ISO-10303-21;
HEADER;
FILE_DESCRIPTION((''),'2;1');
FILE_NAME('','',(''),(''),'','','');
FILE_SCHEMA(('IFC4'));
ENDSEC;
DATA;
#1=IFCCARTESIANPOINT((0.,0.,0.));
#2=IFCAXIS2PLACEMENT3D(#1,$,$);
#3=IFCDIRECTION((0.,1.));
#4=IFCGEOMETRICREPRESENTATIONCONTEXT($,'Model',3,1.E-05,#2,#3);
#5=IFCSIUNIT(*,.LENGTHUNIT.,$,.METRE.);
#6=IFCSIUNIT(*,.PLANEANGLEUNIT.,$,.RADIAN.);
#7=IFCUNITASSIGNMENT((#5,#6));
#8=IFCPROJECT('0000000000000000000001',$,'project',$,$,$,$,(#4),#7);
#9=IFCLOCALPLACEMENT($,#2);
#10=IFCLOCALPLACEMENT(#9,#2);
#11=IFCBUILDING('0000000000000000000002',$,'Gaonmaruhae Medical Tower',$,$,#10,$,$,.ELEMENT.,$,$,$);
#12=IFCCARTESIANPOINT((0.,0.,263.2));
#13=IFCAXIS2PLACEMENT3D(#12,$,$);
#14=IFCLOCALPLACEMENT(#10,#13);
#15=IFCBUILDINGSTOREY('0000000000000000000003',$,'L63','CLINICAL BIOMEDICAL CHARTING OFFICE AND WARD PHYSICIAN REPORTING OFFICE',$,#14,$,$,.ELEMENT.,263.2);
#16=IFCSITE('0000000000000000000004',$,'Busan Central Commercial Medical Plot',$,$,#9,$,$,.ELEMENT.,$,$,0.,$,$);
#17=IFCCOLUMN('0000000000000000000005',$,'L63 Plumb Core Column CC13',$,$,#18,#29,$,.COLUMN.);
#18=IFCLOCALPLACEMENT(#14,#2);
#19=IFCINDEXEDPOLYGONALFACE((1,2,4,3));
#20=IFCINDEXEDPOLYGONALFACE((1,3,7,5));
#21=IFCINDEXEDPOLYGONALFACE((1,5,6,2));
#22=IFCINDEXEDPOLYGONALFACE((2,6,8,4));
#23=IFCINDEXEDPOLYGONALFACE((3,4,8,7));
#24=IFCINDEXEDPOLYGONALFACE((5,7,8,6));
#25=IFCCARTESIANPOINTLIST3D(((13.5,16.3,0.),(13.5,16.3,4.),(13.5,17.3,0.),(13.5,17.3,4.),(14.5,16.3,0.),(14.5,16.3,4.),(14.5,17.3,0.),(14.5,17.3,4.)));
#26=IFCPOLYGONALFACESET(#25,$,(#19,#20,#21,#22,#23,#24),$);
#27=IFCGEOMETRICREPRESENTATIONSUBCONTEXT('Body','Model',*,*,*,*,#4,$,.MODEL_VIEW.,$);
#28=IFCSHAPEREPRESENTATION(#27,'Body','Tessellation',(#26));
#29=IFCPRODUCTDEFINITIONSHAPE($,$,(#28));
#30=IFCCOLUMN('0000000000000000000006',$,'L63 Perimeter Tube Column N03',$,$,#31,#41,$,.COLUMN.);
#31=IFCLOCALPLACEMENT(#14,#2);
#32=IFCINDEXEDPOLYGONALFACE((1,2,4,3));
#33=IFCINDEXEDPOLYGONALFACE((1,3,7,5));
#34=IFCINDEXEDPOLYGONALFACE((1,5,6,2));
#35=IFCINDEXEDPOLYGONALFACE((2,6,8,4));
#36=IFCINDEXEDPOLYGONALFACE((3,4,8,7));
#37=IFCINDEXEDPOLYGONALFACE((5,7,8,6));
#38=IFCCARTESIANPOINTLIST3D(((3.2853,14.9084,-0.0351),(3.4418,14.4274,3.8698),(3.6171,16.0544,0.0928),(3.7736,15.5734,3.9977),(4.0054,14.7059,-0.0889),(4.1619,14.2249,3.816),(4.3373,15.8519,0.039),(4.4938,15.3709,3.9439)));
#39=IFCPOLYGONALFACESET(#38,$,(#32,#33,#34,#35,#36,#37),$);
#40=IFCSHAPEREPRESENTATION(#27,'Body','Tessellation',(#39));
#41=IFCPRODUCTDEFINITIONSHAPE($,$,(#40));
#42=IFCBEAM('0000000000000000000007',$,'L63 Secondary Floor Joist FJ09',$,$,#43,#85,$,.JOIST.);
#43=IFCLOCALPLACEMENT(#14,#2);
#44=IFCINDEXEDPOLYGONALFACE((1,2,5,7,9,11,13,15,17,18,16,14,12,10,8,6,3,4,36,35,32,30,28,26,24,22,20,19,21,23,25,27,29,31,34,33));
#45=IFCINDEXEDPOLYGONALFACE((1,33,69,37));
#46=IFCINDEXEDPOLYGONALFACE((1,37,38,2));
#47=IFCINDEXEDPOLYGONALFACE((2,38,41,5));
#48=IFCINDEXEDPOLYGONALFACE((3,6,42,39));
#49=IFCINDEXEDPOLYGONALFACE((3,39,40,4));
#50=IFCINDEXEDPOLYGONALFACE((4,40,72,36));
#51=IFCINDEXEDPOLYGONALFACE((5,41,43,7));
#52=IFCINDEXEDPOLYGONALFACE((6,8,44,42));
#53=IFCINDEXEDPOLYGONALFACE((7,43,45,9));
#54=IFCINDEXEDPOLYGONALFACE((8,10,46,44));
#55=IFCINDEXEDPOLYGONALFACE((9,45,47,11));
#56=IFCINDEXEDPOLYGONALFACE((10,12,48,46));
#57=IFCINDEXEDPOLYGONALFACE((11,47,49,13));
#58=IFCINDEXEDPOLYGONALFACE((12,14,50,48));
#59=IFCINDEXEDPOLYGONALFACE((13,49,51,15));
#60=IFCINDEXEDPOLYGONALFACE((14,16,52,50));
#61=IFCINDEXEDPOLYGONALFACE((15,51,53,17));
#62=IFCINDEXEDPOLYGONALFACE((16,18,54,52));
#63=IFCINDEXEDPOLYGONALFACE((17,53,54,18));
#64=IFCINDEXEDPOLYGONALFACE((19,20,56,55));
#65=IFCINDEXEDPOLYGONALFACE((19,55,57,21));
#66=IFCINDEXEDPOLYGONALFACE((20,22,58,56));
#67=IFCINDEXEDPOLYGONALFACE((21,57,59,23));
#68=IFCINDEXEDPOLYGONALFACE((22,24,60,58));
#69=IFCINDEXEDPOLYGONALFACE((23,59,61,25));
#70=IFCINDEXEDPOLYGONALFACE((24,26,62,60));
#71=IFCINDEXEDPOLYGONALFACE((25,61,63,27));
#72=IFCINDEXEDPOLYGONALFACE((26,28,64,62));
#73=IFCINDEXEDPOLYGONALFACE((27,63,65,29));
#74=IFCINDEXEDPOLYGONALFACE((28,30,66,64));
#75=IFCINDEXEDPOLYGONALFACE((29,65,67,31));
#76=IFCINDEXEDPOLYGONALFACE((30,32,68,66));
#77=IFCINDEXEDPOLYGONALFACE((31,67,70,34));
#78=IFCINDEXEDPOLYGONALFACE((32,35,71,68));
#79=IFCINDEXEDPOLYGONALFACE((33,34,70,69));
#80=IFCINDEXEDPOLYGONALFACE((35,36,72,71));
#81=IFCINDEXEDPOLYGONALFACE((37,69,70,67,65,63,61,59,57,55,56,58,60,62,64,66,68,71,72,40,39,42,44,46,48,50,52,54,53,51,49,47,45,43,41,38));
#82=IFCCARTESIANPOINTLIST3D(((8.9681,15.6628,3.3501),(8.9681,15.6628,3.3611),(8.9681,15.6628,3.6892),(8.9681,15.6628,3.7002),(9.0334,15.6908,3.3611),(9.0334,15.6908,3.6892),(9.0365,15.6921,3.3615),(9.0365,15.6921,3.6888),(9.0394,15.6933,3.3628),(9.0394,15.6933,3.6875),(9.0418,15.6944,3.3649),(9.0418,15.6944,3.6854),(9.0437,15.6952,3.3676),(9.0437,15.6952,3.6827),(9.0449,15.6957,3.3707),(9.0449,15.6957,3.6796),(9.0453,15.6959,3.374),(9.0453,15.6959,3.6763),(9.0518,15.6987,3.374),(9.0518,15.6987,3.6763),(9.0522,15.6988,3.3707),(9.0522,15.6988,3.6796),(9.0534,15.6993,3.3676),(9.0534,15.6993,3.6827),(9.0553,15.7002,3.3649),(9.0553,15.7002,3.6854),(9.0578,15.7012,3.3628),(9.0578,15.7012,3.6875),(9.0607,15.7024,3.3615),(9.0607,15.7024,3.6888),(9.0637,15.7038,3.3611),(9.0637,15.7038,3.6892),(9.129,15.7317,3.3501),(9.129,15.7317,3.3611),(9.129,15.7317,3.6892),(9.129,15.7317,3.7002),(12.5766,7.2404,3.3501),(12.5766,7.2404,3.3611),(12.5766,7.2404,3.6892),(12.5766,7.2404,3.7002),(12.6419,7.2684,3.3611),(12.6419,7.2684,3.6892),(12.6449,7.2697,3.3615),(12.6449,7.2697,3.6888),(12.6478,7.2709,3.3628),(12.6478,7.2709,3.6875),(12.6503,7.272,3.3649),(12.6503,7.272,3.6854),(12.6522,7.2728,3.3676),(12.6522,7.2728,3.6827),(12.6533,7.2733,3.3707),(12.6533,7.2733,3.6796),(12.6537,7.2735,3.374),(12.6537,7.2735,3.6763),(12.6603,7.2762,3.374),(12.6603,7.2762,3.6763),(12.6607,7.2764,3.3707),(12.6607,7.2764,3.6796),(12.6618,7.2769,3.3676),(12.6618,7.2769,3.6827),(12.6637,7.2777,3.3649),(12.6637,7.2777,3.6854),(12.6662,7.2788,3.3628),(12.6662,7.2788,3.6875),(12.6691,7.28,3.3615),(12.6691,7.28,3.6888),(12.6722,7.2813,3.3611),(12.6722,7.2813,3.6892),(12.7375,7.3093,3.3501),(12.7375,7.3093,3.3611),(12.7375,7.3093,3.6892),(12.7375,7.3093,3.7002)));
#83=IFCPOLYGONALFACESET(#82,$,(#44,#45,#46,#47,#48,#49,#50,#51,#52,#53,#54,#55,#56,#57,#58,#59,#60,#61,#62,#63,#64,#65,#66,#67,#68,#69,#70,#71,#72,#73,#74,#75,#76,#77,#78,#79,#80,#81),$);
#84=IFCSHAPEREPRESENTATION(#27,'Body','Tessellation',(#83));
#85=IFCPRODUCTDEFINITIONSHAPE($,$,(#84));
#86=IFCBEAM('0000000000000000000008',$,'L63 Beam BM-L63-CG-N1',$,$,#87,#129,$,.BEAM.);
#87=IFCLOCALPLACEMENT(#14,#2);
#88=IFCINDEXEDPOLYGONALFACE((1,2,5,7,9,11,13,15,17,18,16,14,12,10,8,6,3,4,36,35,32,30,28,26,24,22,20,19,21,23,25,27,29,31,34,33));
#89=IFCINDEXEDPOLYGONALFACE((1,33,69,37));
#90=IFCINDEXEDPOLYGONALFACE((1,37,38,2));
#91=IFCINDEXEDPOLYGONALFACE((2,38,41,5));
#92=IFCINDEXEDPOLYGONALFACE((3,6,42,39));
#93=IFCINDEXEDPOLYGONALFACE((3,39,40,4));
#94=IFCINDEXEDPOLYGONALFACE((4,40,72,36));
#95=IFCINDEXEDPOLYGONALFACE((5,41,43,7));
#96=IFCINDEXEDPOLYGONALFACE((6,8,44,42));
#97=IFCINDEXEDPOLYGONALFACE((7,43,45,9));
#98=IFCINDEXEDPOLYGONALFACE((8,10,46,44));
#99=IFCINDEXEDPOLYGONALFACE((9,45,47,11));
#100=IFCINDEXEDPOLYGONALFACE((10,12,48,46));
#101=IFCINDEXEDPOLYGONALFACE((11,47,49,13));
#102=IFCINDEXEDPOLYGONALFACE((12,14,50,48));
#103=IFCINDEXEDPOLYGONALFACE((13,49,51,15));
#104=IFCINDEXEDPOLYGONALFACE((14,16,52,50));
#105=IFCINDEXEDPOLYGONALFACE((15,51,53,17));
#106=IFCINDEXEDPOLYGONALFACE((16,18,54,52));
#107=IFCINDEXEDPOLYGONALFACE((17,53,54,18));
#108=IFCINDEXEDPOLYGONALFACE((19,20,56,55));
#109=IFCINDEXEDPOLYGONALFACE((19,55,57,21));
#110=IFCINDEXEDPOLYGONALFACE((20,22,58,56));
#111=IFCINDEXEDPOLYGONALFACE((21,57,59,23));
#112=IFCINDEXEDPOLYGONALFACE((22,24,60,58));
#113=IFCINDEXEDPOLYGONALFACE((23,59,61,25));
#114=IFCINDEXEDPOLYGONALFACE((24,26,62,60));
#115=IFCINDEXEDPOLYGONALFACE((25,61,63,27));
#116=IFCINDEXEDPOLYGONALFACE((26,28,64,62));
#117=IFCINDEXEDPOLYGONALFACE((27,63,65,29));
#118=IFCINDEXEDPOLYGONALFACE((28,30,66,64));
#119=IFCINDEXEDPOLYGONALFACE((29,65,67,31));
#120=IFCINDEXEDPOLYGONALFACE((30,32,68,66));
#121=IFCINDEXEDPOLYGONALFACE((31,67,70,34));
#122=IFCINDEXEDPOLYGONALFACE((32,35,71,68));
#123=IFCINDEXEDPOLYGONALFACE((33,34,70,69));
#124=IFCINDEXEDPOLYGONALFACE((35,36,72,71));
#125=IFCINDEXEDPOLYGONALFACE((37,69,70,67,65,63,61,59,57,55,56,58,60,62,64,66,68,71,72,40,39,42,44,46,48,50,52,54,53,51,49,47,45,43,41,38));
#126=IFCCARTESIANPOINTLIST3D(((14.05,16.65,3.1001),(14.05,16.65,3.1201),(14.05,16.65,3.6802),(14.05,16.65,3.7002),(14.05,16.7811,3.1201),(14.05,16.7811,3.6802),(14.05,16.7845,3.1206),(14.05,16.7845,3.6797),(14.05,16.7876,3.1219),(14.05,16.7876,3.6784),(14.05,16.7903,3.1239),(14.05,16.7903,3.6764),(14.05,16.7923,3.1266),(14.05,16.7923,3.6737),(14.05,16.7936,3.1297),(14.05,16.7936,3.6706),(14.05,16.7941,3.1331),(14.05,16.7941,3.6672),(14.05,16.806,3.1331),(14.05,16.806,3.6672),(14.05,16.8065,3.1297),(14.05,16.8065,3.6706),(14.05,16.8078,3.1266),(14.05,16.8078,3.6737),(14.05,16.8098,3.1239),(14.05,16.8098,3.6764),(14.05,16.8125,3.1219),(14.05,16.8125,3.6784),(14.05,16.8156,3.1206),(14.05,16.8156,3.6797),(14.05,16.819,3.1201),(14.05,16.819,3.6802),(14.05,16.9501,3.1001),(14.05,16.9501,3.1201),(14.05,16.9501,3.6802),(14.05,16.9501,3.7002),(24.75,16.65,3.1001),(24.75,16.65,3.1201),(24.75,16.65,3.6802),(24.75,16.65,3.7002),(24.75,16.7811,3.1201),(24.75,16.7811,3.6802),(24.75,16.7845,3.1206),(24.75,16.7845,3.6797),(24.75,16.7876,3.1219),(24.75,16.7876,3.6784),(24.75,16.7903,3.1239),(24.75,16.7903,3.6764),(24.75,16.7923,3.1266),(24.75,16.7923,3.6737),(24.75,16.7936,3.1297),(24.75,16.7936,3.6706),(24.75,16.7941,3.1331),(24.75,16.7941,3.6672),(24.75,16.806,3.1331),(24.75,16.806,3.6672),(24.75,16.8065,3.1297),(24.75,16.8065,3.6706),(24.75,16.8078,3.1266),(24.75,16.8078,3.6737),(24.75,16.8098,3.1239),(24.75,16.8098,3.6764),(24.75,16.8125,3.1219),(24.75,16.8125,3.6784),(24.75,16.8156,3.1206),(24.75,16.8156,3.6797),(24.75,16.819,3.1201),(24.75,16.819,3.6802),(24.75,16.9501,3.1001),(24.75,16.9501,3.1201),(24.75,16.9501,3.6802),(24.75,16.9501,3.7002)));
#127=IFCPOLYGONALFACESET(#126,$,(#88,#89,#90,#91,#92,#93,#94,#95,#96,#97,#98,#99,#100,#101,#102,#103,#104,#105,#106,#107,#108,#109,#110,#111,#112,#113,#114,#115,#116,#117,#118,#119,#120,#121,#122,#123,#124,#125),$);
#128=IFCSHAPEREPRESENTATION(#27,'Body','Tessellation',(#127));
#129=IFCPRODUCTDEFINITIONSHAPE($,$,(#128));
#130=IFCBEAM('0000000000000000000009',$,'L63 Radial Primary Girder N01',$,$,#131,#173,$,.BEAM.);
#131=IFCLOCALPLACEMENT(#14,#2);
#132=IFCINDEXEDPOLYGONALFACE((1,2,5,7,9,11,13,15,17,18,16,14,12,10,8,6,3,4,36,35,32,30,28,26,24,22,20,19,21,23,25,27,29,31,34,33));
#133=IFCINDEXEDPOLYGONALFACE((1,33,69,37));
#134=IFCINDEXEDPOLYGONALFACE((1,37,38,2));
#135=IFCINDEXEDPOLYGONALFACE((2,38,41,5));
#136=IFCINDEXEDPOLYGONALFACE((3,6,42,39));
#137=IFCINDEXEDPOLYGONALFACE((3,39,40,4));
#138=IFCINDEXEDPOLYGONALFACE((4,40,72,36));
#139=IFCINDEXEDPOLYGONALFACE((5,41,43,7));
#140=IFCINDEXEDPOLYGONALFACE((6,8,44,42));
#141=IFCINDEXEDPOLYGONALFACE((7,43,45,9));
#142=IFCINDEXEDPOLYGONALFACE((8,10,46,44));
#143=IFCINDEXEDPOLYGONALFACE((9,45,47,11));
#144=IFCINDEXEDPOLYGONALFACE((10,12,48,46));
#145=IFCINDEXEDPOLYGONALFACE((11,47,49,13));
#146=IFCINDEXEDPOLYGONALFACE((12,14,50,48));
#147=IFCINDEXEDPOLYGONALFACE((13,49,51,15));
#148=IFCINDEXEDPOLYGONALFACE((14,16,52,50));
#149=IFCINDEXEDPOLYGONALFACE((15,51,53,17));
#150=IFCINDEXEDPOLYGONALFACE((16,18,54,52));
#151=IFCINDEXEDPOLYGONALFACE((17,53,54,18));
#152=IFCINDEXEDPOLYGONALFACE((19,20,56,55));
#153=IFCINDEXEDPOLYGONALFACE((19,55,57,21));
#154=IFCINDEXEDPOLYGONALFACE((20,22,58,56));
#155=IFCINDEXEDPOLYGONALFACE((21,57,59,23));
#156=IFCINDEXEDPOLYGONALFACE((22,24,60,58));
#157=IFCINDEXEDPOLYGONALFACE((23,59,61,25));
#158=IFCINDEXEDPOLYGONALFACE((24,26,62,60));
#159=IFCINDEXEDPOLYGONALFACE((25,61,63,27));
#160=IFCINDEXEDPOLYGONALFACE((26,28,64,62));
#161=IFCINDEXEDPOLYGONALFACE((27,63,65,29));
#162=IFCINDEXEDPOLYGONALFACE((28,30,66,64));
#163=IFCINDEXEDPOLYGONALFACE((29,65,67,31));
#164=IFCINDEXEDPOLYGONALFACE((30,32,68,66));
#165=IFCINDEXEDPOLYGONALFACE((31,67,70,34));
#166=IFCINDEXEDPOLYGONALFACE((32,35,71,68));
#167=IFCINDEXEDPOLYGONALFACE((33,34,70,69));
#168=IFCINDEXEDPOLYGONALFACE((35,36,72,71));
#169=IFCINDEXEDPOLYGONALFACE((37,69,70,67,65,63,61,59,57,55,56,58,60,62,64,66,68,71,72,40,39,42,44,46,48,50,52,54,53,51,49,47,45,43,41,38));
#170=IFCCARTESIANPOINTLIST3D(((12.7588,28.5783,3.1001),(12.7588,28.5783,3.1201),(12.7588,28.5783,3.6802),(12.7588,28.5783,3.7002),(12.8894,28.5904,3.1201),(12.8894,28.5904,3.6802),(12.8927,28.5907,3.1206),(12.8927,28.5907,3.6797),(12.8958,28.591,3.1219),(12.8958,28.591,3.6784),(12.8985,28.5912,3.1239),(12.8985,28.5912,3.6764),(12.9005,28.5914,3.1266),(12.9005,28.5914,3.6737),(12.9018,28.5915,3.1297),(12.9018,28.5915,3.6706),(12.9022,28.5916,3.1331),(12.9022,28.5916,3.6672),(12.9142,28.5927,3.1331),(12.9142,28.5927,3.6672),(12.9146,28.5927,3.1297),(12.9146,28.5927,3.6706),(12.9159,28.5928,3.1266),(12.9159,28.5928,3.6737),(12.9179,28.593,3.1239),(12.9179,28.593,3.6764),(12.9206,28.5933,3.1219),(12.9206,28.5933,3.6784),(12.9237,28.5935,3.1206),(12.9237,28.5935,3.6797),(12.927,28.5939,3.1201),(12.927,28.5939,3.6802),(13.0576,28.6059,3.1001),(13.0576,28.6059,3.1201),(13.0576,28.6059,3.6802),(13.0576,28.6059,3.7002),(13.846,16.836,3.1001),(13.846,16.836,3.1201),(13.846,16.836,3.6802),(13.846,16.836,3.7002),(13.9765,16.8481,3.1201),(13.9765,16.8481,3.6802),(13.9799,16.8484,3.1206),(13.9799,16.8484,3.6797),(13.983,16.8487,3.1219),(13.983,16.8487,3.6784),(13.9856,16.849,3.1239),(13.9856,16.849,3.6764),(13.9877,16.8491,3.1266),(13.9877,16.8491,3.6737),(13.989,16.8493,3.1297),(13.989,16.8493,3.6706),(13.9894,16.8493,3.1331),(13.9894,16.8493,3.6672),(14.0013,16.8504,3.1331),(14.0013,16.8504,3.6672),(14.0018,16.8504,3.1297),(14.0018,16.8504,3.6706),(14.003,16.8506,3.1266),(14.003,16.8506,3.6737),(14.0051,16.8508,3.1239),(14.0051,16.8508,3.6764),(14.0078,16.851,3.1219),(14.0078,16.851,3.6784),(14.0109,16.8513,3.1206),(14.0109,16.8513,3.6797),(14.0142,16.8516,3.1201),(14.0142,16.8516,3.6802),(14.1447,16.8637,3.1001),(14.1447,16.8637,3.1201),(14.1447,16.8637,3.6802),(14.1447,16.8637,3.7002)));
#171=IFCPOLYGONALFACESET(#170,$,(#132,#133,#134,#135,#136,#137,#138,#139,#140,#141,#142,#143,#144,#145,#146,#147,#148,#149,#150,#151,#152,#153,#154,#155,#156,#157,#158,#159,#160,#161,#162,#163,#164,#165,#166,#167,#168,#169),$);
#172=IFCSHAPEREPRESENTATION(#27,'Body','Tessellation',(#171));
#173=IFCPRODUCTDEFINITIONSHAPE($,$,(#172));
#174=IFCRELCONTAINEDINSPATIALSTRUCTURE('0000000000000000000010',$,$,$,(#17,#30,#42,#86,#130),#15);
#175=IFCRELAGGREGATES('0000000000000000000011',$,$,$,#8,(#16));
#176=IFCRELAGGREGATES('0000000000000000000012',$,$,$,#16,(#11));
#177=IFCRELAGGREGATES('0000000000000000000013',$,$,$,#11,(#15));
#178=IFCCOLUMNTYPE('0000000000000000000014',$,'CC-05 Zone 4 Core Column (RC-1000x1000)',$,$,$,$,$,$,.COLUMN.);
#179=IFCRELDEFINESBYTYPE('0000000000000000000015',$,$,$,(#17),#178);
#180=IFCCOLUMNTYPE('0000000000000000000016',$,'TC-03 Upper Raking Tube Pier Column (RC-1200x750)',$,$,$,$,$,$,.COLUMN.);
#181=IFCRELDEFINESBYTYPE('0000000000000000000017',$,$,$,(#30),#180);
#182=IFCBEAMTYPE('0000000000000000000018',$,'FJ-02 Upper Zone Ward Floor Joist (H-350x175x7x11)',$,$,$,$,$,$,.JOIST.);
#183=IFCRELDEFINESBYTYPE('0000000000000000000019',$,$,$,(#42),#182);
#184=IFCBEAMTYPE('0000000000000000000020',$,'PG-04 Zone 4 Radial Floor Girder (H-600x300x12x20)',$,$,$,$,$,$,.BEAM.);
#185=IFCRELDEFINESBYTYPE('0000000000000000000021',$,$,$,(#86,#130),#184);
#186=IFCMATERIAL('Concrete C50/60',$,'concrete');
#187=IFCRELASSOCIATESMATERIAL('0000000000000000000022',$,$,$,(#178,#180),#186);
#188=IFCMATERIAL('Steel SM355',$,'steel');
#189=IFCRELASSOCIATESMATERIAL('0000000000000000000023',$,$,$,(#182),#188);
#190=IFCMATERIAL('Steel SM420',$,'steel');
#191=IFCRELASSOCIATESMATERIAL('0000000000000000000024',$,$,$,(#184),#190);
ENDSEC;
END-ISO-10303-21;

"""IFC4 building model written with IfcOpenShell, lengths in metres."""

from ifc_helpers import new_model, si_unit, direction, frame, origin, origin_2d, place, context, subcontext, project, spatial, rectangle, i_section, extrude, material, material_profile, profile_set, type_object, element, save


model = new_model("IFC4")

# Units and contexts
model_context = context("Model", 3, precision=1e-05, world=origin(), true_north=direction((0.0, 1.0)))
body_context = subcontext(model_context, "Body", "Model", "MODEL_VIEW")
ifc_project = project(units=[si_unit("LENGTHUNIT", "METRE"), si_unit("PLANEANGLEUNIT", "RADIAN")], contexts=[model_context])

# Site, building, storey
site_placement = place(None, origin())
site = spatial("IfcSite", under=ifc_project, at=site_placement, Name="Busan Central Commercial Medical Plot", CompositionType="ELEMENT", RefElevation=0.0)
building_placement = place(site_placement, origin())
building = spatial("IfcBuilding", under=site, at=building_placement, Name="Gaonmaruhae Medical Tower", CompositionType="ELEMENT")
storey_placement = place(building_placement, frame((0.0, 0.0, 263.2)))
storey = spatial("IfcBuildingStorey", under=building, at=storey_placement, Name="L63", Description="CLINICAL BIOMEDICAL CHARTING OFFICE AND WARD PHYSICIAN REPORTING OFFICE", CompositionType="ELEMENT", Elevation=263.2)

# Columns
ifc_material_1 = material(Name="Concrete C50/60", Category="concrete")
ifc_material_profile_1 = material_profile(ifc_material_1, rectangle(XDim=1.0, YDim=1.0, at=origin_2d()), Name="RC-1000x1000")
ifc_profile_set_1 = profile_set([ifc_material_profile_1], Name="Concrete C50/60")
column_type_1 = type_object("IfcColumnType", Name="CC-05 Zone 4 Core Column (RC-1000x1000)", PredefinedType="COLUMN", material=ifc_profile_set_1)
column_1_placement = place(storey_placement, frame((14.0, 16.8, 0.0), z_axis=(0.0, 0.0, 1.0), x_axis=(1.0, 0.0, 0.0)))
element("IfcColumn", 1, at=column_1_placement, inside=storey, type_object=column_type_1, Name="L63 Plumb Core Column CC13", PredefinedType="COLUMN", context=body_context, shape_type="SweptSolid", body=[
    extrude(rectangle(XDim=1.0, YDim=1.0, at=origin_2d()), origin(), (0.0, 0.0, 1.0), 4.0),
])
ifc_material_profile_2 = material_profile(ifc_material_1, rectangle(XDim=1.2, YDim=0.75, at=origin_2d()), Name="RC-1200x750")
ifc_profile_set_2 = profile_set([ifc_material_profile_2], Name="Concrete C50/60")
column_type_2 = type_object("IfcColumnType", Name="TC-03 Upper Raking Tube Pier Column (RC-1200x750)", PredefinedType="COLUMN", material=ifc_profile_set_2)
column_2_placement = place(storey_placement, frame((3.8113, 15.3801, 0.002), z_axis=(0.039746, -0.122151, 0.991715), x_axis=(0.276524, 0.955081, 0.106556)))
element("IfcColumn", 2, at=column_2_placement, inside=storey, type_object=column_type_2, Name="L63 Perimeter Tube Column N03", PredefinedType="COLUMN", context=body_context, shape_type="SweptSolid", body=[
    extrude(rectangle(XDim=1.2, YDim=0.75, at=origin_2d()), origin(), (0.0, 0.0, 1.0), 3.9375),
])

# Beams
ifc_material_2 = material(Name="Steel SM355", Category="steel")
ifc_material_profile_3 = material_profile(ifc_material_2, i_section(OverallWidth=0.175, OverallDepth=0.3501, WebThickness=0.0071, FlangeThickness=0.011, FilletRadius=0.0129, at=origin_2d()), Name="H-350x175x7x11")
ifc_profile_set_3 = profile_set([ifc_material_profile_3], Name="Steel SM355")
beam_type_1 = type_object("IfcBeamType", Name="FJ-02 Upper Zone Ward Floor Joist (H-350x175x7x11)", PredefinedType="JOIST", material=ifc_profile_set_3)
beam_1_placement = place(storey_placement, frame((9.0486, 15.6973, 3.5251), z_axis=(0.39381, -0.919192, 0.0), x_axis=(0.919192, 0.39381, 0.0)))
element("IfcBeam", 3, at=beam_1_placement, inside=storey, type_object=beam_type_1, Name="L63 Secondary Floor Joist FJ09", PredefinedType="JOIST", context=body_context, shape_type="SweptSolid", body=[
    extrude(i_section(OverallWidth=0.175, OverallDepth=0.3501, WebThickness=0.0071, FlangeThickness=0.011, FilletRadius=0.0129, at=origin_2d()), origin(), (0.0, 0.0, 1.0), 9.1628),
])
ifc_material_3 = material(Name="Steel SM420", Category="steel")
ifc_material_profile_4 = material_profile(ifc_material_3, i_section(OverallWidth=0.3, OverallDepth=0.6001, WebThickness=0.012, FlangeThickness=0.02, FilletRadius=0.0129, at=origin_2d()), Name="H-600x300x12x20")
ifc_profile_set_4 = profile_set([ifc_material_profile_4], Name="Steel SM420")
beam_type_2 = type_object("IfcBeamType", Name="PG-04 Zone 4 Radial Floor Girder (H-600x300x12x20)", PredefinedType="BEAM", material=ifc_profile_set_4)
beam_2_placement = place(storey_placement, frame((14.05, 16.8, 3.4001), z_axis=(1.0, 0.0, 0.0), x_axis=(0.0, 1.0, 0.0)))
element("IfcBeam", 4, at=beam_2_placement, inside=storey, type_object=beam_type_2, Name="L63 Beam BM-L63-CG-N1", PredefinedType="BEAM", context=body_context, shape_type="SweptSolid", body=[
    extrude(i_section(OverallWidth=0.3, OverallDepth=0.6001, WebThickness=0.012, FlangeThickness=0.02, FilletRadius=0.0129, at=origin_2d()), origin(), (0.0, 0.0, 1.0), 10.7),
])
beam_3_placement = place(storey_placement, frame((13.9954, 16.8499, 3.4001), z_axis=(-0.092191, 0.995741, 0.0), x_axis=(-0.995741, -0.092191, 0.0)))
element("IfcBeam", 5, at=beam_3_placement, inside=storey, type_object=beam_type_2, Name="L63 Radial Primary Girder N01", PredefinedType="BEAM", context=body_context, shape_type="SweptSolid", body=[
    extrude(i_section(OverallWidth=0.3, OverallDepth=0.6001, WebThickness=0.012, FlangeThickness=0.02, FilletRadius=0.0129, at=origin_2d()), origin(), (0.0, 0.0, 1.0), 11.7925),
])

save(model, "model.ifc")
